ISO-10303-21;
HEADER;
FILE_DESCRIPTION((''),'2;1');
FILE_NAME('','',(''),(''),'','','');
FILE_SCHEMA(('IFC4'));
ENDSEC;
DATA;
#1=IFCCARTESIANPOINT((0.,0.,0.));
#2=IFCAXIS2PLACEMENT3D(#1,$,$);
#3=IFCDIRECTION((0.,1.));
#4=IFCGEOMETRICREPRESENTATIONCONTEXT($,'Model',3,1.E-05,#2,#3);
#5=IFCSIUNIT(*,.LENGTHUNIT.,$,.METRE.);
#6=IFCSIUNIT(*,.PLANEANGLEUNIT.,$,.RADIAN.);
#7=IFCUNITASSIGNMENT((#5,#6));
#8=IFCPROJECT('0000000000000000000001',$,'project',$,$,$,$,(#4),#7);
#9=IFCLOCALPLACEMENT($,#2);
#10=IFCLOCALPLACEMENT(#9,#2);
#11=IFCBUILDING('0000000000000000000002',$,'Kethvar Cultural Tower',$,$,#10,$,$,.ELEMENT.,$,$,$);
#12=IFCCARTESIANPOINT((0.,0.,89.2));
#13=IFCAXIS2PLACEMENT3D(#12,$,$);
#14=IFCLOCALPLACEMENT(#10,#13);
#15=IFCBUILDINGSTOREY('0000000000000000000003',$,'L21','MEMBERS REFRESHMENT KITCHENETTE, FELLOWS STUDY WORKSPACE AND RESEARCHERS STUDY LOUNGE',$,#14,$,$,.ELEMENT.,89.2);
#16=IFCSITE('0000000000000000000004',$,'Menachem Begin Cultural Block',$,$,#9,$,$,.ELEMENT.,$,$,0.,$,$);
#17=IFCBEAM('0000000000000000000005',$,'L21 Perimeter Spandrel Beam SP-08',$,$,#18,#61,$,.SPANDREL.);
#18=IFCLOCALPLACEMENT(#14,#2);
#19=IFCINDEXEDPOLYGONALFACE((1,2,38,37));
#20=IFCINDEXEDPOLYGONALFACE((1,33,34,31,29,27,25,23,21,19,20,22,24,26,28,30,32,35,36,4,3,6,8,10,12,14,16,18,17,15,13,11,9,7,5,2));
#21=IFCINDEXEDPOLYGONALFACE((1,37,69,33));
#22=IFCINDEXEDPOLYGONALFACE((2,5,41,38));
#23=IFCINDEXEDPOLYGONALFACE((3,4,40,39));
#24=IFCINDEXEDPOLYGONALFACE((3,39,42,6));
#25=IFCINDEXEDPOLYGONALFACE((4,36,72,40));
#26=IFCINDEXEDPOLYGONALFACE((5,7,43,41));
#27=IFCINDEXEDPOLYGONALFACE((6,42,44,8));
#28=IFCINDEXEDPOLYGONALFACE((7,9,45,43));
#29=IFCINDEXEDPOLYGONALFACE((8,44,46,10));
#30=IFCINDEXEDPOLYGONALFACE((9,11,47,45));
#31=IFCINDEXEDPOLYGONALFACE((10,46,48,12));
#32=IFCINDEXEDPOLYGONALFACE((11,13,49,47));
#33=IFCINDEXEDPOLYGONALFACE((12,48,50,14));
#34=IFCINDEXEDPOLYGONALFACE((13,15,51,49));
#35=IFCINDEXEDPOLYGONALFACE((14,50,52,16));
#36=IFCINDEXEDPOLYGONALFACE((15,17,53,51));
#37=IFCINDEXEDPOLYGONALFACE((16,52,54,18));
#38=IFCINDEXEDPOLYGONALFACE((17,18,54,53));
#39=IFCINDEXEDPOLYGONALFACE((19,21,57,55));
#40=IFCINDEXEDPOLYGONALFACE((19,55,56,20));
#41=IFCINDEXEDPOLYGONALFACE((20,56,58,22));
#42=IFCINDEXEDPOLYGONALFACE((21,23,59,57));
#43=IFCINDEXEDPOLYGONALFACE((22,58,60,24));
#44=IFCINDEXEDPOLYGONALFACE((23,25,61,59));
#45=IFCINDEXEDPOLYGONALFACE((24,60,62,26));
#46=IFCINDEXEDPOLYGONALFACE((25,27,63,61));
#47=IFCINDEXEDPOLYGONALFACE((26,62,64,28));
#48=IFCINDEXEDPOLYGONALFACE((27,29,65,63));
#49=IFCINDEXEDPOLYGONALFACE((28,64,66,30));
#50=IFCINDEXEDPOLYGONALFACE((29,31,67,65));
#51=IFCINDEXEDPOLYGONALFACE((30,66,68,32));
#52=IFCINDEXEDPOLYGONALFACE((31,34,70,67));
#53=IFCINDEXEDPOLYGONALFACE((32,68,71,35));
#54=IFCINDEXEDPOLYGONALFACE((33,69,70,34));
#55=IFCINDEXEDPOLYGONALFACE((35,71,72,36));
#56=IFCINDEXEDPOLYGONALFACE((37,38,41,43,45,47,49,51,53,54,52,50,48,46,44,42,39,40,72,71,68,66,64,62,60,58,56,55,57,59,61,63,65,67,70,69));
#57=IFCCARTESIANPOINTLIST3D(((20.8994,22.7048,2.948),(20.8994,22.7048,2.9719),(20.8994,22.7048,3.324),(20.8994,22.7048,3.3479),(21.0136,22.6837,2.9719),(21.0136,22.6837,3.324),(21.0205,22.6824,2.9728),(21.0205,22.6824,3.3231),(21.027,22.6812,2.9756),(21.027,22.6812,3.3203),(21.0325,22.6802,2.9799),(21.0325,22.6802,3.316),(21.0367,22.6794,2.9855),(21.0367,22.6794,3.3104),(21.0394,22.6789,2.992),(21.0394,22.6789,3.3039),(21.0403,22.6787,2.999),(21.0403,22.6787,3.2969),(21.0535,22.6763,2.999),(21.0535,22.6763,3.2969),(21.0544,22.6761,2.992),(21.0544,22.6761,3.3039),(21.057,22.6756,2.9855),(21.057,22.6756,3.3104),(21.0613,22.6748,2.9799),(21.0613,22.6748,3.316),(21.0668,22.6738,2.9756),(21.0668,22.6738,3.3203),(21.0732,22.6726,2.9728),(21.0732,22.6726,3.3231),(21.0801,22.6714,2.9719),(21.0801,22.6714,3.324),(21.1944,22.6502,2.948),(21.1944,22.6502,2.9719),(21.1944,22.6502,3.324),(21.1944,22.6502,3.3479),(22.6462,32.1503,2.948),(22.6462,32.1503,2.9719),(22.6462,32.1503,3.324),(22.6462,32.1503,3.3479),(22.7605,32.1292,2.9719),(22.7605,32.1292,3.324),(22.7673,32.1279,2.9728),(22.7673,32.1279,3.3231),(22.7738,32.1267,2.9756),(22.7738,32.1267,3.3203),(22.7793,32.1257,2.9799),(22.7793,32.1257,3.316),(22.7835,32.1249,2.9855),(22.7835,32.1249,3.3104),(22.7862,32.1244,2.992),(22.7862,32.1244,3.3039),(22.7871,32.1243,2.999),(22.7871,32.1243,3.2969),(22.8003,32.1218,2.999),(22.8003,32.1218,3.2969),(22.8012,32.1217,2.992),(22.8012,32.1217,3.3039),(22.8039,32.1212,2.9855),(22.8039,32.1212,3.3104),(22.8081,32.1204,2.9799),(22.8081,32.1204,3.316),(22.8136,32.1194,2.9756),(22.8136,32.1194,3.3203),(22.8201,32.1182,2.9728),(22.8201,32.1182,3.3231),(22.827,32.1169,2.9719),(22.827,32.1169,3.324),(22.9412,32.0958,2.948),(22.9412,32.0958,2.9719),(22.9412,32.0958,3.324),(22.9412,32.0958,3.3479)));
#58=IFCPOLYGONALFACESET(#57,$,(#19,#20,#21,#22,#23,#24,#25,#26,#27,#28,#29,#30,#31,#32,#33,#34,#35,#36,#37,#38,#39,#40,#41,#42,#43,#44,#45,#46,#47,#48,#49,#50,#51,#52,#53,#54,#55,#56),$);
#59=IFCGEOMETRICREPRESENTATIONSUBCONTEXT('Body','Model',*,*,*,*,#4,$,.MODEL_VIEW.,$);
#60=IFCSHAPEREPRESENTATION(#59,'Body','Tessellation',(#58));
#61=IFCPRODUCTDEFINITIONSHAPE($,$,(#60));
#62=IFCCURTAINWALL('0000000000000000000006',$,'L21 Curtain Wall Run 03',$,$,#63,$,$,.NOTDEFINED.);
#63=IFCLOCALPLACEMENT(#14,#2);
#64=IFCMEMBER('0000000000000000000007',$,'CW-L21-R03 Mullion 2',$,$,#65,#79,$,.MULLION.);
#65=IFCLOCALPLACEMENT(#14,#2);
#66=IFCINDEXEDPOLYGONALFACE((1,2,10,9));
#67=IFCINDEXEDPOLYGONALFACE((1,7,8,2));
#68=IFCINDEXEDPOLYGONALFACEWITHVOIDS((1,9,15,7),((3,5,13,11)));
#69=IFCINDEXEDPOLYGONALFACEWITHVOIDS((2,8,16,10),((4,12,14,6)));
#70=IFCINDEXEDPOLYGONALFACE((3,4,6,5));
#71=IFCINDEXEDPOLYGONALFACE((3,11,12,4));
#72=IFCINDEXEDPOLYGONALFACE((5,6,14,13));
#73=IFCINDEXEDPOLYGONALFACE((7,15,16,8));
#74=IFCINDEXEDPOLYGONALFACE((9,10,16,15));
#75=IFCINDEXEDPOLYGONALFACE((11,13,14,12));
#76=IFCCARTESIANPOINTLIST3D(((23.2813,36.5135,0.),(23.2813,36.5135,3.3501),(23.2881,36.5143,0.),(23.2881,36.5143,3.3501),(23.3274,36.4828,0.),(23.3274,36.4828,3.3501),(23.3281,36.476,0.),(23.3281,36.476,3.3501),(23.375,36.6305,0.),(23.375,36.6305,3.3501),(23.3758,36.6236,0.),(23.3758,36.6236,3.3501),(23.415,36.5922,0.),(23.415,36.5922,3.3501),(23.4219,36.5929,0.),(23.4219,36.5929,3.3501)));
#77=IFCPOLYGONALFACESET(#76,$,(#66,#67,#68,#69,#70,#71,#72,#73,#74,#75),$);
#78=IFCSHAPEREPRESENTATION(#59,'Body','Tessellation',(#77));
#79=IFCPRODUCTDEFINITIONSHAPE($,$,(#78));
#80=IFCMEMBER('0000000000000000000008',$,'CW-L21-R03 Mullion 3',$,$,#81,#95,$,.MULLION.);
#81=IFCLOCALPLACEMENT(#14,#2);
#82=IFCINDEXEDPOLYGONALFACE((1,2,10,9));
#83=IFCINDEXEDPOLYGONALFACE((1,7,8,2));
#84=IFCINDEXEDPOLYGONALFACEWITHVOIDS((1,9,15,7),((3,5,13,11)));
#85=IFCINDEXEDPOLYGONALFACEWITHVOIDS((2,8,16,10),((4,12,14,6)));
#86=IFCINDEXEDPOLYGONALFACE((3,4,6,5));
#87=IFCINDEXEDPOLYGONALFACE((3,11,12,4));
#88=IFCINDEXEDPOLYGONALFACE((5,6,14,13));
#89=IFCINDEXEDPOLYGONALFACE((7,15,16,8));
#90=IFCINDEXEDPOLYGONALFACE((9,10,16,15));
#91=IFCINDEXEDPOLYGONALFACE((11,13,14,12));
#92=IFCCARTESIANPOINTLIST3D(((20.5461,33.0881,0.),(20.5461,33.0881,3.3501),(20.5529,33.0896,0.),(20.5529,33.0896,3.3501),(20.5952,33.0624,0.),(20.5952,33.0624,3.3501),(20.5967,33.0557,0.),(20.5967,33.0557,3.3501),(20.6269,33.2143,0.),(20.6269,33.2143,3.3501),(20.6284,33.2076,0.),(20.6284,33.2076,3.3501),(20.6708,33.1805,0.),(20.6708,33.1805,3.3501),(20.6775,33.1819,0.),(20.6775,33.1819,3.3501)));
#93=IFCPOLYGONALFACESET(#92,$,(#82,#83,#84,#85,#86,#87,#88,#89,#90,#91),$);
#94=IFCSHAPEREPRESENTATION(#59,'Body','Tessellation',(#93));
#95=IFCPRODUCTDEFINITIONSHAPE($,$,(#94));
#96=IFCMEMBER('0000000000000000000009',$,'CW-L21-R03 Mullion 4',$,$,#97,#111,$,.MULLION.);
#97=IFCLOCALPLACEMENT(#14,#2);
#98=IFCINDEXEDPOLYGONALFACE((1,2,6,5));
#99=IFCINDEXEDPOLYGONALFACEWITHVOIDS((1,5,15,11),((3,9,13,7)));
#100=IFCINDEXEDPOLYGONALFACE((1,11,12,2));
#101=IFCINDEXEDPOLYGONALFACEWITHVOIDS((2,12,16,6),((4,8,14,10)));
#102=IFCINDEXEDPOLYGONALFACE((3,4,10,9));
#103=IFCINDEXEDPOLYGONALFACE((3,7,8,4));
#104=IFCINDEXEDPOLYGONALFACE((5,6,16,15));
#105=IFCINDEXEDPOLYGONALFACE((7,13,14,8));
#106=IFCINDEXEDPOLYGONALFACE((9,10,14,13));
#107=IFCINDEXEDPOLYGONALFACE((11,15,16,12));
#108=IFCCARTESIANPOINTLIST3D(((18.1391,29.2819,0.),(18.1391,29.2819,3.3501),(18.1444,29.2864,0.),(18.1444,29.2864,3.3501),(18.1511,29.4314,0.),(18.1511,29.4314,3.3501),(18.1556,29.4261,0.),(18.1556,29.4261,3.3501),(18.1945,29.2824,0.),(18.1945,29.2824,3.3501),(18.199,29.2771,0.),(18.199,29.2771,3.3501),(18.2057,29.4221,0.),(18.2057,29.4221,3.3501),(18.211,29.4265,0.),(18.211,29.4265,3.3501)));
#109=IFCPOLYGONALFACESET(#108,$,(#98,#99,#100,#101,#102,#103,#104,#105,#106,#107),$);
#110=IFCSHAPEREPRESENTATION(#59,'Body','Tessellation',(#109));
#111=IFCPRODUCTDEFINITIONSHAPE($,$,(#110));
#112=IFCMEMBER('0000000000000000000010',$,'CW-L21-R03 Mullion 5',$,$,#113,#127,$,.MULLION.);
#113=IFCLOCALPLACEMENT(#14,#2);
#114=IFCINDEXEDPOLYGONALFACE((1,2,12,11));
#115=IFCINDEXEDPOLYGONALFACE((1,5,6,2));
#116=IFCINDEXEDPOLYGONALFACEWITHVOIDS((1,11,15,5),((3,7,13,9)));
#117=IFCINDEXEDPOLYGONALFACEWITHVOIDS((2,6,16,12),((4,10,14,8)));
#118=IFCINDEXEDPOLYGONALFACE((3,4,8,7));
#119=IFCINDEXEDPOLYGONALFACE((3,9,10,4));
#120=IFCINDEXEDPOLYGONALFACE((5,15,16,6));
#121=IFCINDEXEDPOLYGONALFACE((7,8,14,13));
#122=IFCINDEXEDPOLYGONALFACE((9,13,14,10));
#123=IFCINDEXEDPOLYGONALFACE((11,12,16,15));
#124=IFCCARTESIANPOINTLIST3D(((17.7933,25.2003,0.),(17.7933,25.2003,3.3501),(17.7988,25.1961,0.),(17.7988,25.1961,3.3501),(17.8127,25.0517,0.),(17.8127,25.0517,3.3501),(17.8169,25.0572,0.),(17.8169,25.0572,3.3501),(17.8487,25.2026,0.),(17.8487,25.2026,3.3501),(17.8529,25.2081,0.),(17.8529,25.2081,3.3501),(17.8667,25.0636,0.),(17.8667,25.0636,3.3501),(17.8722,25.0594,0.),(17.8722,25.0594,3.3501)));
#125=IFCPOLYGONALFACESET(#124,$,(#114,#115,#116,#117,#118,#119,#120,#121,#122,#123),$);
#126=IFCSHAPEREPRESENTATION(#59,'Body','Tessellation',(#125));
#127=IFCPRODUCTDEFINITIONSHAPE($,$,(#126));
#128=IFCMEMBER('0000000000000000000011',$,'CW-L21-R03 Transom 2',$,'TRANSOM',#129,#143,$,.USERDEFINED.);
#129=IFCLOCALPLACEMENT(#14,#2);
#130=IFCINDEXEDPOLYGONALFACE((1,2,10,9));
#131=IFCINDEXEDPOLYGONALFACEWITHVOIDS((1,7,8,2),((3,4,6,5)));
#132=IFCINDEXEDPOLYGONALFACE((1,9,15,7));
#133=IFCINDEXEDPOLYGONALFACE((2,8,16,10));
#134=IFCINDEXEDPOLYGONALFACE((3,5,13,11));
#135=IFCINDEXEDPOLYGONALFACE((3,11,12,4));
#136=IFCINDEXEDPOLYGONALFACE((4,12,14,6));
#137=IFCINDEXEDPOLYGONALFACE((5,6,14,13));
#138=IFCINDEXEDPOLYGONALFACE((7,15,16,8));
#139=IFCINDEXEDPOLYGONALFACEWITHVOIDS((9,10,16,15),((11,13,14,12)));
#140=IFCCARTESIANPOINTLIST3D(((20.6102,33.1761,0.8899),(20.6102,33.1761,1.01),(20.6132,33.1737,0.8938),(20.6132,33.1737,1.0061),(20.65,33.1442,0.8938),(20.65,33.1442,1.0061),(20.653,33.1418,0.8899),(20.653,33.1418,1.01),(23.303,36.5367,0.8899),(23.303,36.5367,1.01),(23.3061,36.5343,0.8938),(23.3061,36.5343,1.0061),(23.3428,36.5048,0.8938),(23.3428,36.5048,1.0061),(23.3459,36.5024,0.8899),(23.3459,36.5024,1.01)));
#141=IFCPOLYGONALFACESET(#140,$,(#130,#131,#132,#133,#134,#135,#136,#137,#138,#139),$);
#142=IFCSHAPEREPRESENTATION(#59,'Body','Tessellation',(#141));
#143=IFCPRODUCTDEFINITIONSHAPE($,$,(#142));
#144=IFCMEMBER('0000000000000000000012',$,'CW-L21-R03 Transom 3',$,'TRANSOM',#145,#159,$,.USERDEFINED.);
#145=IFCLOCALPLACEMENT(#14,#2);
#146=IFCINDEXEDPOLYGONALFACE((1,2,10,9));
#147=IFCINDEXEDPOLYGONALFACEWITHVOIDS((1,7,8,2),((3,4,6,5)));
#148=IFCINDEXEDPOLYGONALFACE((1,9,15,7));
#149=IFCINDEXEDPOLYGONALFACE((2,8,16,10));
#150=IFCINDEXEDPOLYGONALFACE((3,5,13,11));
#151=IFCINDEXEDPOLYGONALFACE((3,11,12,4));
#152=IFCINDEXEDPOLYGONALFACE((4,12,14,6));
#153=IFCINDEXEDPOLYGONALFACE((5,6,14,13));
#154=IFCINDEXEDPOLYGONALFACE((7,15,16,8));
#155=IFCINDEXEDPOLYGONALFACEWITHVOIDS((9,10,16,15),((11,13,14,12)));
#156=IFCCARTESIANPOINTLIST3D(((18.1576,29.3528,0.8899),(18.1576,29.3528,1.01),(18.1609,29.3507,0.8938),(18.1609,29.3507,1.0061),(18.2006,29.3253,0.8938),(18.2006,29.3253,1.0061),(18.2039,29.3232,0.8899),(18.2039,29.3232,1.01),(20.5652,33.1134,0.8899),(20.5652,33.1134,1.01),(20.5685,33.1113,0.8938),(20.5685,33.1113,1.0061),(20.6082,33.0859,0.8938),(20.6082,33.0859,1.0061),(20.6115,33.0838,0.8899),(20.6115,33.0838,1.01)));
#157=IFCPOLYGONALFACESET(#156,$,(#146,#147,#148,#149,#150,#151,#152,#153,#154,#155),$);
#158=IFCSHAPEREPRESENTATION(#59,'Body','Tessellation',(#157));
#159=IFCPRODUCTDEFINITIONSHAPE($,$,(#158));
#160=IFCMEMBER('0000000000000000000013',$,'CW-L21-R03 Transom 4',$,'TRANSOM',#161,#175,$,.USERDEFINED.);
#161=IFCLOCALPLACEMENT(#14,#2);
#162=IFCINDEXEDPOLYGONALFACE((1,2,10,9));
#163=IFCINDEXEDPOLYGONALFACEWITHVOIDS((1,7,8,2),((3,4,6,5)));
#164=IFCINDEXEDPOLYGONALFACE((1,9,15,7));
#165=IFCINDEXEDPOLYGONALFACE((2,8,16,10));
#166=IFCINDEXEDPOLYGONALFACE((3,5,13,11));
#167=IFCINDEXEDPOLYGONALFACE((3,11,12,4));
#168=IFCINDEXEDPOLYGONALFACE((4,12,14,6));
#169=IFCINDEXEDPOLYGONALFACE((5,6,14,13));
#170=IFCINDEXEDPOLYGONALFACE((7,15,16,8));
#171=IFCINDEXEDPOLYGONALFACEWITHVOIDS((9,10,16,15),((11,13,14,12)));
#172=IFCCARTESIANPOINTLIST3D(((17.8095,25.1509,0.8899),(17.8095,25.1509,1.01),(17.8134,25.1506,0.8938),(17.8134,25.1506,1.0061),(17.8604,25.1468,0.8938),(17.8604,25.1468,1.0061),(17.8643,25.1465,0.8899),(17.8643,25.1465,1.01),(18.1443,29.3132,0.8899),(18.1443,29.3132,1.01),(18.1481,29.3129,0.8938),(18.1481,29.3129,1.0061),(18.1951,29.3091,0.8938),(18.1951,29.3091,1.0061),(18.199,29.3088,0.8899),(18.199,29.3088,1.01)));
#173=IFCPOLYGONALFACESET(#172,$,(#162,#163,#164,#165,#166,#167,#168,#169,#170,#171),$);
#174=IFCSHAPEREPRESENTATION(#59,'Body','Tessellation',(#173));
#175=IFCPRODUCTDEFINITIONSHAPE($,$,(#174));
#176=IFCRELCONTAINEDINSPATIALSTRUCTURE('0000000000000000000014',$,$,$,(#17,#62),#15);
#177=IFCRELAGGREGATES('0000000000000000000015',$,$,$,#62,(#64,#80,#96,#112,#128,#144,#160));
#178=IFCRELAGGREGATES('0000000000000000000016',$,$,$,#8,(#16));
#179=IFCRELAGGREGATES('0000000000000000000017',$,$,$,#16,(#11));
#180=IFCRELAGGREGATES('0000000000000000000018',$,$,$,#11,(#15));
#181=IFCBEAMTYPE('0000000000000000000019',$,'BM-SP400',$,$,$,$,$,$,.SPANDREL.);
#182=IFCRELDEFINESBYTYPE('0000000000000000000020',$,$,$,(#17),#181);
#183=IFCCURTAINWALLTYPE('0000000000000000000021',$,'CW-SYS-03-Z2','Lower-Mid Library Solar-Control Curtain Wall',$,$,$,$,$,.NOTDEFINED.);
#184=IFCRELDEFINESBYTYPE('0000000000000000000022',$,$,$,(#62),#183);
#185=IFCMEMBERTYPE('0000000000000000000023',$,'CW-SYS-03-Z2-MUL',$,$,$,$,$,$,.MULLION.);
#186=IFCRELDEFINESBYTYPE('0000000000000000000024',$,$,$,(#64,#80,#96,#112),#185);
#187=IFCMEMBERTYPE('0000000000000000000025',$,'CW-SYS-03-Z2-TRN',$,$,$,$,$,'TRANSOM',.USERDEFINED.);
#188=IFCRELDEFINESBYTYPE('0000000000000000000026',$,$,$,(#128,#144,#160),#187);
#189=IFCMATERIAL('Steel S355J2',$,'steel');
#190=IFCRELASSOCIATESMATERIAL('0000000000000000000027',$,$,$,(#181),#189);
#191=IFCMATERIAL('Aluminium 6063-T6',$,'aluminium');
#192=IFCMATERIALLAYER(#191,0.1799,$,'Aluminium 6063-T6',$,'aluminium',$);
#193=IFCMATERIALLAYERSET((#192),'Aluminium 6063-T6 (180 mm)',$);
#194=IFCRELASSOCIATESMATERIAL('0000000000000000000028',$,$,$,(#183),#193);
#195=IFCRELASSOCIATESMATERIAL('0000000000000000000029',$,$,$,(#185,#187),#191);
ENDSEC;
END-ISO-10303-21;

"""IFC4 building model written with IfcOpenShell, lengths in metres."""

from ifc_helpers import new_model, si_unit, direction, frame, origin, origin_2d, place, context, subcontext, project, spatial, hollow_rectangle, i_section, extrude, source, transform, mapped, material, layer, layer_set, material_profile, profile_set, type_object, element, aggregate, save


model = new_model("IFC4")

# Units and contexts
model_context = context("Model", 3, precision=1e-05, world=origin(), true_north=direction((0.0, 1.0)))
body_context = subcontext(model_context, "Body", "Model", "MODEL_VIEW")
ifc_project = project(units=[si_unit("LENGTHUNIT", "METRE"), si_unit("PLANEANGLEUNIT", "RADIAN")], contexts=[model_context])

# Site, building, storey
site_placement = place(None, origin())
site = spatial("IfcSite", under=ifc_project, at=site_placement, Name="Menachem Begin Cultural Block", CompositionType="ELEMENT", RefElevation=0.0)
building_placement = place(site_placement, origin())
building = spatial("IfcBuilding", under=site, at=building_placement, Name="Kethvar Cultural Tower", CompositionType="ELEMENT")
storey_placement = place(building_placement, frame((0.0, 0.0, 89.2)))
storey = spatial("IfcBuildingStorey", under=building, at=storey_placement, Name="L21", Description="MEMBERS REFRESHMENT KITCHENETTE, FELLOWS STUDY WORKSPACE AND RESEARCHERS STUDY LOUNGE", CompositionType="ELEMENT", Elevation=89.2)

# Beam
ifc_material_1 = material(Name="Steel S355J2", Category="steel")
ifc_material_profile_1 = material_profile(ifc_material_1, i_section(OverallWidth=0.3, OverallDepth=0.3999, WebThickness=0.0134, FlangeThickness=0.0239, FilletRadius=0.0271, at=origin_2d()), Name="Steel S355J2 — HEB400")
ifc_profile_set_1 = profile_set([ifc_material_profile_1], Name="Steel S355J2 — HEB400")
beam_type_1 = type_object("IfcBeamType", Name="BM-SP400", PredefinedType="SPANDREL", material=ifc_profile_set_1)
shared_shape_1 = source(origin(), body_context, "Body", "SweptSolid", [
    extrude(i_section(OverallWidth=0.3, OverallDepth=0.3999, WebThickness=0.0134, FlangeThickness=0.0239, FilletRadius=0.0271, at=origin_2d()), origin(), (0.0, 0.0, 1.0), 9.6057),
])
beam_1_placement = place(storey_placement, frame((22.7937, 32.123, 3.1479), z_axis=(-0.181853, -0.983326, 0.0), x_axis=(0.983326, -0.181853, 0.0)))
element("IfcBeam", 1, at=beam_1_placement, inside=storey, type_object=beam_type_1, Name="L21 Perimeter Spandrel Beam SP-08", PredefinedType="SPANDREL", context=body_context, shape_type="MappedRepresentation", body=[
    mapped(shared_shape_1, transform((0.0, 0.0, 0.0), scale=1.0)),
])

# Curtain wall, members
ifc_material_2 = material(Name="Aluminium 6063-T6", Category="aluminium")
ifc_layer_1 = layer(ifc_material_2, 0.1799, Name="Aluminium 6063-T6", Category="aluminium")
ifc_layer_set_1 = layer_set([ifc_layer_1], Name="Aluminium 6063-T6 (180 mm)")
curtain_wall_type = type_object("IfcCurtainWallType", Name="CW-SYS-03-Z2", Description="Lower-Mid Library Solar-Control Curtain Wall", PredefinedType="NOTDEFINED", material=ifc_layer_set_1)
curtain_wall_placement = place(storey_placement, origin())
curtain_wall = element("IfcCurtainWall", 2, at=curtain_wall_placement, inside=storey, type_object=curtain_wall_type, Name="L21 Curtain Wall Run 03", PredefinedType="NOTDEFINED")
ifc_material_profile_2 = material_profile(ifc_material_2, hollow_rectangle(XDim=0.0601, YDim=0.1499, WallThickness=0.0049, at=origin_2d()), Name="Aluminium 6063-T6 — RHS150x60x5")
ifc_profile_set_2 = profile_set([ifc_material_profile_2], Name="Aluminium 6063-T6 — RHS150x60x5")
member_type_1 = type_object("IfcMemberType", Name="CW-SYS-03-Z2-MUL", PredefinedType="MULLION", material=ifc_profile_set_2)
shared_shape_2 = source(origin(), body_context, "Body", "SweptSolid", [
    extrude(hollow_rectangle(XDim=0.0601, YDim=0.1499, WallThickness=0.0049, at=origin_2d()), origin(), (0.0, 0.0, 1.0), 3.3501),
])
member_1_placement = place(storey_placement, frame((23.3516, 36.5532, 0.0), z_axis=(0.0, 0.0, 1.0), x_axis=(0.780376, -0.625311, 0.0)))
member_1 = element("IfcMember", 3, at=member_1_placement, type_object=member_type_1, Name="CW-L21-R03 Mullion 2", PredefinedType="MULLION", context=body_context, shape_type="MappedRepresentation", body=[
    mapped(shared_shape_2, transform((0.0, 0.0, 0.0), scale=1.0)),
])
member_2_placement = place(storey_placement, frame((20.6118, 33.135, 0.0), z_axis=(0.0, 0.0, 1.0), x_axis=(0.842189, -0.539182, 0.0)))
member_2 = element("IfcMember", 4, at=member_2_placement, type_object=member_type_1, Name="CW-L21-R03 Mullion 3", PredefinedType="MULLION", context=body_context, shape_type="MappedRepresentation", body=[
    mapped(shared_shape_2, transform((0.0, 0.0, 0.0), scale=1.0)),
])
member_3_placement = place(storey_placement, frame((18.175, 29.3542, 0.0), z_axis=(0.0, 0.0, 1.0), x_axis=(0.996779, -0.080199, 0.0)))
member_3 = element("IfcMember", 5, at=member_3_placement, type_object=member_type_1, Name="CW-L21-R03 Mullion 4", PredefinedType="MULLION", context=body_context, shape_type="MappedRepresentation", body=[
    mapped(shared_shape_2, transform((0.0, 0.0, 0.0), scale=1.0)),
])
member_4_placement = place(storey_placement, frame((17.8328, 25.1299, 0.0), z_axis=(0.0, 0.0, 1.0), x_axis=(0.991651, 0.128951, 0.0)))
member_4 = element("IfcMember", 6, at=member_4_placement, type_object=member_type_1, Name="CW-L21-R03 Mullion 5", PredefinedType="MULLION", context=body_context, shape_type="MappedRepresentation", body=[
    mapped(shared_shape_2, transform((0.0, 0.0, 0.0), scale=1.0)),
])
ifc_material_profile_3 = material_profile(ifc_material_2, hollow_rectangle(XDim=0.0549, YDim=0.1201, WallThickness=0.0039, at=origin_2d()), Name="Aluminium 6063-T6 — RHS120x55x4")
ifc_profile_set_3 = profile_set([ifc_material_profile_3], Name="Aluminium 6063-T6 — RHS120x55x4")
member_type_2 = type_object("IfcMemberType", Name="CW-SYS-03-Z2-TRN", ElementType="TRANSOM", PredefinedType="USERDEFINED", material=ifc_profile_set_3)
shared_shape_3 = source(origin(), body_context, "Body", "SweptSolid", [
    extrude(hollow_rectangle(XDim=0.0549, YDim=0.1201, WallThickness=0.0039, at=origin_2d()), origin(), (0.0, 0.0, 1.0), 4.3064),
])
member_5_placement = place(storey_placement, frame((23.3245, 36.5195, 0.95), z_axis=(-0.625317, -0.780371, 0.0), x_axis=(0.780371, -0.625317, 0.0)))
member_5 = element("IfcMember", 7, at=member_5_placement, type_object=member_type_2, Name="CW-L21-R03 Transom 2", ObjectType="TRANSOM", PredefinedType="USERDEFINED", context=body_context, shape_type="MappedRepresentation", body=[
    mapped(shared_shape_3, transform((0.0, 0.0, 0.0), scale=1.0)),
])
shared_shape_4 = source(origin(), body_context, "Body", "SweptSolid", [
    extrude(hollow_rectangle(XDim=0.0549, YDim=0.1201, WallThickness=0.0039, at=origin_2d()), origin(), (0.0, 0.0, 1.0), 4.4653),
])
member_6_placement = place(storey_placement, frame((20.5884, 33.0986, 0.95), z_axis=(-0.539187, -0.842186, 0.0), x_axis=(0.842186, -0.539187, 0.0)))
member_6 = element("IfcMember", 8, at=member_6_placement, type_object=member_type_2, Name="CW-L21-R03 Transom 3", ObjectType="TRANSOM", PredefinedType="USERDEFINED", context=body_context, shape_type="MappedRepresentation", body=[
    mapped(shared_shape_4, transform((0.0, 0.0, 0.0), scale=1.0)),
])
shared_shape_5 = source(origin(), body_context, "Body", "SweptSolid", [
    extrude(hollow_rectangle(XDim=0.0549, YDim=0.1201, WallThickness=0.0039, at=origin_2d()), origin(), (0.0, 0.0, 1.0), 4.1758),
])
member_7_placement = place(storey_placement, frame((18.1716, 29.311, 0.95), z_axis=(-0.080157, -0.996782, 0.0), x_axis=(0.996782, -0.080157, 0.0)))
member_7 = element("IfcMember", 9, at=member_7_placement, type_object=member_type_2, Name="CW-L21-R03 Transom 4", ObjectType="TRANSOM", PredefinedType="USERDEFINED", context=body_context, shape_type="MappedRepresentation", body=[
    mapped(shared_shape_5, transform((0.0, 0.0, 0.0), scale=1.0)),
])
aggregate(curtain_wall, [member_1, member_2, member_3, member_4, member_5, member_6, member_7])

save(model, "model.ifc")
